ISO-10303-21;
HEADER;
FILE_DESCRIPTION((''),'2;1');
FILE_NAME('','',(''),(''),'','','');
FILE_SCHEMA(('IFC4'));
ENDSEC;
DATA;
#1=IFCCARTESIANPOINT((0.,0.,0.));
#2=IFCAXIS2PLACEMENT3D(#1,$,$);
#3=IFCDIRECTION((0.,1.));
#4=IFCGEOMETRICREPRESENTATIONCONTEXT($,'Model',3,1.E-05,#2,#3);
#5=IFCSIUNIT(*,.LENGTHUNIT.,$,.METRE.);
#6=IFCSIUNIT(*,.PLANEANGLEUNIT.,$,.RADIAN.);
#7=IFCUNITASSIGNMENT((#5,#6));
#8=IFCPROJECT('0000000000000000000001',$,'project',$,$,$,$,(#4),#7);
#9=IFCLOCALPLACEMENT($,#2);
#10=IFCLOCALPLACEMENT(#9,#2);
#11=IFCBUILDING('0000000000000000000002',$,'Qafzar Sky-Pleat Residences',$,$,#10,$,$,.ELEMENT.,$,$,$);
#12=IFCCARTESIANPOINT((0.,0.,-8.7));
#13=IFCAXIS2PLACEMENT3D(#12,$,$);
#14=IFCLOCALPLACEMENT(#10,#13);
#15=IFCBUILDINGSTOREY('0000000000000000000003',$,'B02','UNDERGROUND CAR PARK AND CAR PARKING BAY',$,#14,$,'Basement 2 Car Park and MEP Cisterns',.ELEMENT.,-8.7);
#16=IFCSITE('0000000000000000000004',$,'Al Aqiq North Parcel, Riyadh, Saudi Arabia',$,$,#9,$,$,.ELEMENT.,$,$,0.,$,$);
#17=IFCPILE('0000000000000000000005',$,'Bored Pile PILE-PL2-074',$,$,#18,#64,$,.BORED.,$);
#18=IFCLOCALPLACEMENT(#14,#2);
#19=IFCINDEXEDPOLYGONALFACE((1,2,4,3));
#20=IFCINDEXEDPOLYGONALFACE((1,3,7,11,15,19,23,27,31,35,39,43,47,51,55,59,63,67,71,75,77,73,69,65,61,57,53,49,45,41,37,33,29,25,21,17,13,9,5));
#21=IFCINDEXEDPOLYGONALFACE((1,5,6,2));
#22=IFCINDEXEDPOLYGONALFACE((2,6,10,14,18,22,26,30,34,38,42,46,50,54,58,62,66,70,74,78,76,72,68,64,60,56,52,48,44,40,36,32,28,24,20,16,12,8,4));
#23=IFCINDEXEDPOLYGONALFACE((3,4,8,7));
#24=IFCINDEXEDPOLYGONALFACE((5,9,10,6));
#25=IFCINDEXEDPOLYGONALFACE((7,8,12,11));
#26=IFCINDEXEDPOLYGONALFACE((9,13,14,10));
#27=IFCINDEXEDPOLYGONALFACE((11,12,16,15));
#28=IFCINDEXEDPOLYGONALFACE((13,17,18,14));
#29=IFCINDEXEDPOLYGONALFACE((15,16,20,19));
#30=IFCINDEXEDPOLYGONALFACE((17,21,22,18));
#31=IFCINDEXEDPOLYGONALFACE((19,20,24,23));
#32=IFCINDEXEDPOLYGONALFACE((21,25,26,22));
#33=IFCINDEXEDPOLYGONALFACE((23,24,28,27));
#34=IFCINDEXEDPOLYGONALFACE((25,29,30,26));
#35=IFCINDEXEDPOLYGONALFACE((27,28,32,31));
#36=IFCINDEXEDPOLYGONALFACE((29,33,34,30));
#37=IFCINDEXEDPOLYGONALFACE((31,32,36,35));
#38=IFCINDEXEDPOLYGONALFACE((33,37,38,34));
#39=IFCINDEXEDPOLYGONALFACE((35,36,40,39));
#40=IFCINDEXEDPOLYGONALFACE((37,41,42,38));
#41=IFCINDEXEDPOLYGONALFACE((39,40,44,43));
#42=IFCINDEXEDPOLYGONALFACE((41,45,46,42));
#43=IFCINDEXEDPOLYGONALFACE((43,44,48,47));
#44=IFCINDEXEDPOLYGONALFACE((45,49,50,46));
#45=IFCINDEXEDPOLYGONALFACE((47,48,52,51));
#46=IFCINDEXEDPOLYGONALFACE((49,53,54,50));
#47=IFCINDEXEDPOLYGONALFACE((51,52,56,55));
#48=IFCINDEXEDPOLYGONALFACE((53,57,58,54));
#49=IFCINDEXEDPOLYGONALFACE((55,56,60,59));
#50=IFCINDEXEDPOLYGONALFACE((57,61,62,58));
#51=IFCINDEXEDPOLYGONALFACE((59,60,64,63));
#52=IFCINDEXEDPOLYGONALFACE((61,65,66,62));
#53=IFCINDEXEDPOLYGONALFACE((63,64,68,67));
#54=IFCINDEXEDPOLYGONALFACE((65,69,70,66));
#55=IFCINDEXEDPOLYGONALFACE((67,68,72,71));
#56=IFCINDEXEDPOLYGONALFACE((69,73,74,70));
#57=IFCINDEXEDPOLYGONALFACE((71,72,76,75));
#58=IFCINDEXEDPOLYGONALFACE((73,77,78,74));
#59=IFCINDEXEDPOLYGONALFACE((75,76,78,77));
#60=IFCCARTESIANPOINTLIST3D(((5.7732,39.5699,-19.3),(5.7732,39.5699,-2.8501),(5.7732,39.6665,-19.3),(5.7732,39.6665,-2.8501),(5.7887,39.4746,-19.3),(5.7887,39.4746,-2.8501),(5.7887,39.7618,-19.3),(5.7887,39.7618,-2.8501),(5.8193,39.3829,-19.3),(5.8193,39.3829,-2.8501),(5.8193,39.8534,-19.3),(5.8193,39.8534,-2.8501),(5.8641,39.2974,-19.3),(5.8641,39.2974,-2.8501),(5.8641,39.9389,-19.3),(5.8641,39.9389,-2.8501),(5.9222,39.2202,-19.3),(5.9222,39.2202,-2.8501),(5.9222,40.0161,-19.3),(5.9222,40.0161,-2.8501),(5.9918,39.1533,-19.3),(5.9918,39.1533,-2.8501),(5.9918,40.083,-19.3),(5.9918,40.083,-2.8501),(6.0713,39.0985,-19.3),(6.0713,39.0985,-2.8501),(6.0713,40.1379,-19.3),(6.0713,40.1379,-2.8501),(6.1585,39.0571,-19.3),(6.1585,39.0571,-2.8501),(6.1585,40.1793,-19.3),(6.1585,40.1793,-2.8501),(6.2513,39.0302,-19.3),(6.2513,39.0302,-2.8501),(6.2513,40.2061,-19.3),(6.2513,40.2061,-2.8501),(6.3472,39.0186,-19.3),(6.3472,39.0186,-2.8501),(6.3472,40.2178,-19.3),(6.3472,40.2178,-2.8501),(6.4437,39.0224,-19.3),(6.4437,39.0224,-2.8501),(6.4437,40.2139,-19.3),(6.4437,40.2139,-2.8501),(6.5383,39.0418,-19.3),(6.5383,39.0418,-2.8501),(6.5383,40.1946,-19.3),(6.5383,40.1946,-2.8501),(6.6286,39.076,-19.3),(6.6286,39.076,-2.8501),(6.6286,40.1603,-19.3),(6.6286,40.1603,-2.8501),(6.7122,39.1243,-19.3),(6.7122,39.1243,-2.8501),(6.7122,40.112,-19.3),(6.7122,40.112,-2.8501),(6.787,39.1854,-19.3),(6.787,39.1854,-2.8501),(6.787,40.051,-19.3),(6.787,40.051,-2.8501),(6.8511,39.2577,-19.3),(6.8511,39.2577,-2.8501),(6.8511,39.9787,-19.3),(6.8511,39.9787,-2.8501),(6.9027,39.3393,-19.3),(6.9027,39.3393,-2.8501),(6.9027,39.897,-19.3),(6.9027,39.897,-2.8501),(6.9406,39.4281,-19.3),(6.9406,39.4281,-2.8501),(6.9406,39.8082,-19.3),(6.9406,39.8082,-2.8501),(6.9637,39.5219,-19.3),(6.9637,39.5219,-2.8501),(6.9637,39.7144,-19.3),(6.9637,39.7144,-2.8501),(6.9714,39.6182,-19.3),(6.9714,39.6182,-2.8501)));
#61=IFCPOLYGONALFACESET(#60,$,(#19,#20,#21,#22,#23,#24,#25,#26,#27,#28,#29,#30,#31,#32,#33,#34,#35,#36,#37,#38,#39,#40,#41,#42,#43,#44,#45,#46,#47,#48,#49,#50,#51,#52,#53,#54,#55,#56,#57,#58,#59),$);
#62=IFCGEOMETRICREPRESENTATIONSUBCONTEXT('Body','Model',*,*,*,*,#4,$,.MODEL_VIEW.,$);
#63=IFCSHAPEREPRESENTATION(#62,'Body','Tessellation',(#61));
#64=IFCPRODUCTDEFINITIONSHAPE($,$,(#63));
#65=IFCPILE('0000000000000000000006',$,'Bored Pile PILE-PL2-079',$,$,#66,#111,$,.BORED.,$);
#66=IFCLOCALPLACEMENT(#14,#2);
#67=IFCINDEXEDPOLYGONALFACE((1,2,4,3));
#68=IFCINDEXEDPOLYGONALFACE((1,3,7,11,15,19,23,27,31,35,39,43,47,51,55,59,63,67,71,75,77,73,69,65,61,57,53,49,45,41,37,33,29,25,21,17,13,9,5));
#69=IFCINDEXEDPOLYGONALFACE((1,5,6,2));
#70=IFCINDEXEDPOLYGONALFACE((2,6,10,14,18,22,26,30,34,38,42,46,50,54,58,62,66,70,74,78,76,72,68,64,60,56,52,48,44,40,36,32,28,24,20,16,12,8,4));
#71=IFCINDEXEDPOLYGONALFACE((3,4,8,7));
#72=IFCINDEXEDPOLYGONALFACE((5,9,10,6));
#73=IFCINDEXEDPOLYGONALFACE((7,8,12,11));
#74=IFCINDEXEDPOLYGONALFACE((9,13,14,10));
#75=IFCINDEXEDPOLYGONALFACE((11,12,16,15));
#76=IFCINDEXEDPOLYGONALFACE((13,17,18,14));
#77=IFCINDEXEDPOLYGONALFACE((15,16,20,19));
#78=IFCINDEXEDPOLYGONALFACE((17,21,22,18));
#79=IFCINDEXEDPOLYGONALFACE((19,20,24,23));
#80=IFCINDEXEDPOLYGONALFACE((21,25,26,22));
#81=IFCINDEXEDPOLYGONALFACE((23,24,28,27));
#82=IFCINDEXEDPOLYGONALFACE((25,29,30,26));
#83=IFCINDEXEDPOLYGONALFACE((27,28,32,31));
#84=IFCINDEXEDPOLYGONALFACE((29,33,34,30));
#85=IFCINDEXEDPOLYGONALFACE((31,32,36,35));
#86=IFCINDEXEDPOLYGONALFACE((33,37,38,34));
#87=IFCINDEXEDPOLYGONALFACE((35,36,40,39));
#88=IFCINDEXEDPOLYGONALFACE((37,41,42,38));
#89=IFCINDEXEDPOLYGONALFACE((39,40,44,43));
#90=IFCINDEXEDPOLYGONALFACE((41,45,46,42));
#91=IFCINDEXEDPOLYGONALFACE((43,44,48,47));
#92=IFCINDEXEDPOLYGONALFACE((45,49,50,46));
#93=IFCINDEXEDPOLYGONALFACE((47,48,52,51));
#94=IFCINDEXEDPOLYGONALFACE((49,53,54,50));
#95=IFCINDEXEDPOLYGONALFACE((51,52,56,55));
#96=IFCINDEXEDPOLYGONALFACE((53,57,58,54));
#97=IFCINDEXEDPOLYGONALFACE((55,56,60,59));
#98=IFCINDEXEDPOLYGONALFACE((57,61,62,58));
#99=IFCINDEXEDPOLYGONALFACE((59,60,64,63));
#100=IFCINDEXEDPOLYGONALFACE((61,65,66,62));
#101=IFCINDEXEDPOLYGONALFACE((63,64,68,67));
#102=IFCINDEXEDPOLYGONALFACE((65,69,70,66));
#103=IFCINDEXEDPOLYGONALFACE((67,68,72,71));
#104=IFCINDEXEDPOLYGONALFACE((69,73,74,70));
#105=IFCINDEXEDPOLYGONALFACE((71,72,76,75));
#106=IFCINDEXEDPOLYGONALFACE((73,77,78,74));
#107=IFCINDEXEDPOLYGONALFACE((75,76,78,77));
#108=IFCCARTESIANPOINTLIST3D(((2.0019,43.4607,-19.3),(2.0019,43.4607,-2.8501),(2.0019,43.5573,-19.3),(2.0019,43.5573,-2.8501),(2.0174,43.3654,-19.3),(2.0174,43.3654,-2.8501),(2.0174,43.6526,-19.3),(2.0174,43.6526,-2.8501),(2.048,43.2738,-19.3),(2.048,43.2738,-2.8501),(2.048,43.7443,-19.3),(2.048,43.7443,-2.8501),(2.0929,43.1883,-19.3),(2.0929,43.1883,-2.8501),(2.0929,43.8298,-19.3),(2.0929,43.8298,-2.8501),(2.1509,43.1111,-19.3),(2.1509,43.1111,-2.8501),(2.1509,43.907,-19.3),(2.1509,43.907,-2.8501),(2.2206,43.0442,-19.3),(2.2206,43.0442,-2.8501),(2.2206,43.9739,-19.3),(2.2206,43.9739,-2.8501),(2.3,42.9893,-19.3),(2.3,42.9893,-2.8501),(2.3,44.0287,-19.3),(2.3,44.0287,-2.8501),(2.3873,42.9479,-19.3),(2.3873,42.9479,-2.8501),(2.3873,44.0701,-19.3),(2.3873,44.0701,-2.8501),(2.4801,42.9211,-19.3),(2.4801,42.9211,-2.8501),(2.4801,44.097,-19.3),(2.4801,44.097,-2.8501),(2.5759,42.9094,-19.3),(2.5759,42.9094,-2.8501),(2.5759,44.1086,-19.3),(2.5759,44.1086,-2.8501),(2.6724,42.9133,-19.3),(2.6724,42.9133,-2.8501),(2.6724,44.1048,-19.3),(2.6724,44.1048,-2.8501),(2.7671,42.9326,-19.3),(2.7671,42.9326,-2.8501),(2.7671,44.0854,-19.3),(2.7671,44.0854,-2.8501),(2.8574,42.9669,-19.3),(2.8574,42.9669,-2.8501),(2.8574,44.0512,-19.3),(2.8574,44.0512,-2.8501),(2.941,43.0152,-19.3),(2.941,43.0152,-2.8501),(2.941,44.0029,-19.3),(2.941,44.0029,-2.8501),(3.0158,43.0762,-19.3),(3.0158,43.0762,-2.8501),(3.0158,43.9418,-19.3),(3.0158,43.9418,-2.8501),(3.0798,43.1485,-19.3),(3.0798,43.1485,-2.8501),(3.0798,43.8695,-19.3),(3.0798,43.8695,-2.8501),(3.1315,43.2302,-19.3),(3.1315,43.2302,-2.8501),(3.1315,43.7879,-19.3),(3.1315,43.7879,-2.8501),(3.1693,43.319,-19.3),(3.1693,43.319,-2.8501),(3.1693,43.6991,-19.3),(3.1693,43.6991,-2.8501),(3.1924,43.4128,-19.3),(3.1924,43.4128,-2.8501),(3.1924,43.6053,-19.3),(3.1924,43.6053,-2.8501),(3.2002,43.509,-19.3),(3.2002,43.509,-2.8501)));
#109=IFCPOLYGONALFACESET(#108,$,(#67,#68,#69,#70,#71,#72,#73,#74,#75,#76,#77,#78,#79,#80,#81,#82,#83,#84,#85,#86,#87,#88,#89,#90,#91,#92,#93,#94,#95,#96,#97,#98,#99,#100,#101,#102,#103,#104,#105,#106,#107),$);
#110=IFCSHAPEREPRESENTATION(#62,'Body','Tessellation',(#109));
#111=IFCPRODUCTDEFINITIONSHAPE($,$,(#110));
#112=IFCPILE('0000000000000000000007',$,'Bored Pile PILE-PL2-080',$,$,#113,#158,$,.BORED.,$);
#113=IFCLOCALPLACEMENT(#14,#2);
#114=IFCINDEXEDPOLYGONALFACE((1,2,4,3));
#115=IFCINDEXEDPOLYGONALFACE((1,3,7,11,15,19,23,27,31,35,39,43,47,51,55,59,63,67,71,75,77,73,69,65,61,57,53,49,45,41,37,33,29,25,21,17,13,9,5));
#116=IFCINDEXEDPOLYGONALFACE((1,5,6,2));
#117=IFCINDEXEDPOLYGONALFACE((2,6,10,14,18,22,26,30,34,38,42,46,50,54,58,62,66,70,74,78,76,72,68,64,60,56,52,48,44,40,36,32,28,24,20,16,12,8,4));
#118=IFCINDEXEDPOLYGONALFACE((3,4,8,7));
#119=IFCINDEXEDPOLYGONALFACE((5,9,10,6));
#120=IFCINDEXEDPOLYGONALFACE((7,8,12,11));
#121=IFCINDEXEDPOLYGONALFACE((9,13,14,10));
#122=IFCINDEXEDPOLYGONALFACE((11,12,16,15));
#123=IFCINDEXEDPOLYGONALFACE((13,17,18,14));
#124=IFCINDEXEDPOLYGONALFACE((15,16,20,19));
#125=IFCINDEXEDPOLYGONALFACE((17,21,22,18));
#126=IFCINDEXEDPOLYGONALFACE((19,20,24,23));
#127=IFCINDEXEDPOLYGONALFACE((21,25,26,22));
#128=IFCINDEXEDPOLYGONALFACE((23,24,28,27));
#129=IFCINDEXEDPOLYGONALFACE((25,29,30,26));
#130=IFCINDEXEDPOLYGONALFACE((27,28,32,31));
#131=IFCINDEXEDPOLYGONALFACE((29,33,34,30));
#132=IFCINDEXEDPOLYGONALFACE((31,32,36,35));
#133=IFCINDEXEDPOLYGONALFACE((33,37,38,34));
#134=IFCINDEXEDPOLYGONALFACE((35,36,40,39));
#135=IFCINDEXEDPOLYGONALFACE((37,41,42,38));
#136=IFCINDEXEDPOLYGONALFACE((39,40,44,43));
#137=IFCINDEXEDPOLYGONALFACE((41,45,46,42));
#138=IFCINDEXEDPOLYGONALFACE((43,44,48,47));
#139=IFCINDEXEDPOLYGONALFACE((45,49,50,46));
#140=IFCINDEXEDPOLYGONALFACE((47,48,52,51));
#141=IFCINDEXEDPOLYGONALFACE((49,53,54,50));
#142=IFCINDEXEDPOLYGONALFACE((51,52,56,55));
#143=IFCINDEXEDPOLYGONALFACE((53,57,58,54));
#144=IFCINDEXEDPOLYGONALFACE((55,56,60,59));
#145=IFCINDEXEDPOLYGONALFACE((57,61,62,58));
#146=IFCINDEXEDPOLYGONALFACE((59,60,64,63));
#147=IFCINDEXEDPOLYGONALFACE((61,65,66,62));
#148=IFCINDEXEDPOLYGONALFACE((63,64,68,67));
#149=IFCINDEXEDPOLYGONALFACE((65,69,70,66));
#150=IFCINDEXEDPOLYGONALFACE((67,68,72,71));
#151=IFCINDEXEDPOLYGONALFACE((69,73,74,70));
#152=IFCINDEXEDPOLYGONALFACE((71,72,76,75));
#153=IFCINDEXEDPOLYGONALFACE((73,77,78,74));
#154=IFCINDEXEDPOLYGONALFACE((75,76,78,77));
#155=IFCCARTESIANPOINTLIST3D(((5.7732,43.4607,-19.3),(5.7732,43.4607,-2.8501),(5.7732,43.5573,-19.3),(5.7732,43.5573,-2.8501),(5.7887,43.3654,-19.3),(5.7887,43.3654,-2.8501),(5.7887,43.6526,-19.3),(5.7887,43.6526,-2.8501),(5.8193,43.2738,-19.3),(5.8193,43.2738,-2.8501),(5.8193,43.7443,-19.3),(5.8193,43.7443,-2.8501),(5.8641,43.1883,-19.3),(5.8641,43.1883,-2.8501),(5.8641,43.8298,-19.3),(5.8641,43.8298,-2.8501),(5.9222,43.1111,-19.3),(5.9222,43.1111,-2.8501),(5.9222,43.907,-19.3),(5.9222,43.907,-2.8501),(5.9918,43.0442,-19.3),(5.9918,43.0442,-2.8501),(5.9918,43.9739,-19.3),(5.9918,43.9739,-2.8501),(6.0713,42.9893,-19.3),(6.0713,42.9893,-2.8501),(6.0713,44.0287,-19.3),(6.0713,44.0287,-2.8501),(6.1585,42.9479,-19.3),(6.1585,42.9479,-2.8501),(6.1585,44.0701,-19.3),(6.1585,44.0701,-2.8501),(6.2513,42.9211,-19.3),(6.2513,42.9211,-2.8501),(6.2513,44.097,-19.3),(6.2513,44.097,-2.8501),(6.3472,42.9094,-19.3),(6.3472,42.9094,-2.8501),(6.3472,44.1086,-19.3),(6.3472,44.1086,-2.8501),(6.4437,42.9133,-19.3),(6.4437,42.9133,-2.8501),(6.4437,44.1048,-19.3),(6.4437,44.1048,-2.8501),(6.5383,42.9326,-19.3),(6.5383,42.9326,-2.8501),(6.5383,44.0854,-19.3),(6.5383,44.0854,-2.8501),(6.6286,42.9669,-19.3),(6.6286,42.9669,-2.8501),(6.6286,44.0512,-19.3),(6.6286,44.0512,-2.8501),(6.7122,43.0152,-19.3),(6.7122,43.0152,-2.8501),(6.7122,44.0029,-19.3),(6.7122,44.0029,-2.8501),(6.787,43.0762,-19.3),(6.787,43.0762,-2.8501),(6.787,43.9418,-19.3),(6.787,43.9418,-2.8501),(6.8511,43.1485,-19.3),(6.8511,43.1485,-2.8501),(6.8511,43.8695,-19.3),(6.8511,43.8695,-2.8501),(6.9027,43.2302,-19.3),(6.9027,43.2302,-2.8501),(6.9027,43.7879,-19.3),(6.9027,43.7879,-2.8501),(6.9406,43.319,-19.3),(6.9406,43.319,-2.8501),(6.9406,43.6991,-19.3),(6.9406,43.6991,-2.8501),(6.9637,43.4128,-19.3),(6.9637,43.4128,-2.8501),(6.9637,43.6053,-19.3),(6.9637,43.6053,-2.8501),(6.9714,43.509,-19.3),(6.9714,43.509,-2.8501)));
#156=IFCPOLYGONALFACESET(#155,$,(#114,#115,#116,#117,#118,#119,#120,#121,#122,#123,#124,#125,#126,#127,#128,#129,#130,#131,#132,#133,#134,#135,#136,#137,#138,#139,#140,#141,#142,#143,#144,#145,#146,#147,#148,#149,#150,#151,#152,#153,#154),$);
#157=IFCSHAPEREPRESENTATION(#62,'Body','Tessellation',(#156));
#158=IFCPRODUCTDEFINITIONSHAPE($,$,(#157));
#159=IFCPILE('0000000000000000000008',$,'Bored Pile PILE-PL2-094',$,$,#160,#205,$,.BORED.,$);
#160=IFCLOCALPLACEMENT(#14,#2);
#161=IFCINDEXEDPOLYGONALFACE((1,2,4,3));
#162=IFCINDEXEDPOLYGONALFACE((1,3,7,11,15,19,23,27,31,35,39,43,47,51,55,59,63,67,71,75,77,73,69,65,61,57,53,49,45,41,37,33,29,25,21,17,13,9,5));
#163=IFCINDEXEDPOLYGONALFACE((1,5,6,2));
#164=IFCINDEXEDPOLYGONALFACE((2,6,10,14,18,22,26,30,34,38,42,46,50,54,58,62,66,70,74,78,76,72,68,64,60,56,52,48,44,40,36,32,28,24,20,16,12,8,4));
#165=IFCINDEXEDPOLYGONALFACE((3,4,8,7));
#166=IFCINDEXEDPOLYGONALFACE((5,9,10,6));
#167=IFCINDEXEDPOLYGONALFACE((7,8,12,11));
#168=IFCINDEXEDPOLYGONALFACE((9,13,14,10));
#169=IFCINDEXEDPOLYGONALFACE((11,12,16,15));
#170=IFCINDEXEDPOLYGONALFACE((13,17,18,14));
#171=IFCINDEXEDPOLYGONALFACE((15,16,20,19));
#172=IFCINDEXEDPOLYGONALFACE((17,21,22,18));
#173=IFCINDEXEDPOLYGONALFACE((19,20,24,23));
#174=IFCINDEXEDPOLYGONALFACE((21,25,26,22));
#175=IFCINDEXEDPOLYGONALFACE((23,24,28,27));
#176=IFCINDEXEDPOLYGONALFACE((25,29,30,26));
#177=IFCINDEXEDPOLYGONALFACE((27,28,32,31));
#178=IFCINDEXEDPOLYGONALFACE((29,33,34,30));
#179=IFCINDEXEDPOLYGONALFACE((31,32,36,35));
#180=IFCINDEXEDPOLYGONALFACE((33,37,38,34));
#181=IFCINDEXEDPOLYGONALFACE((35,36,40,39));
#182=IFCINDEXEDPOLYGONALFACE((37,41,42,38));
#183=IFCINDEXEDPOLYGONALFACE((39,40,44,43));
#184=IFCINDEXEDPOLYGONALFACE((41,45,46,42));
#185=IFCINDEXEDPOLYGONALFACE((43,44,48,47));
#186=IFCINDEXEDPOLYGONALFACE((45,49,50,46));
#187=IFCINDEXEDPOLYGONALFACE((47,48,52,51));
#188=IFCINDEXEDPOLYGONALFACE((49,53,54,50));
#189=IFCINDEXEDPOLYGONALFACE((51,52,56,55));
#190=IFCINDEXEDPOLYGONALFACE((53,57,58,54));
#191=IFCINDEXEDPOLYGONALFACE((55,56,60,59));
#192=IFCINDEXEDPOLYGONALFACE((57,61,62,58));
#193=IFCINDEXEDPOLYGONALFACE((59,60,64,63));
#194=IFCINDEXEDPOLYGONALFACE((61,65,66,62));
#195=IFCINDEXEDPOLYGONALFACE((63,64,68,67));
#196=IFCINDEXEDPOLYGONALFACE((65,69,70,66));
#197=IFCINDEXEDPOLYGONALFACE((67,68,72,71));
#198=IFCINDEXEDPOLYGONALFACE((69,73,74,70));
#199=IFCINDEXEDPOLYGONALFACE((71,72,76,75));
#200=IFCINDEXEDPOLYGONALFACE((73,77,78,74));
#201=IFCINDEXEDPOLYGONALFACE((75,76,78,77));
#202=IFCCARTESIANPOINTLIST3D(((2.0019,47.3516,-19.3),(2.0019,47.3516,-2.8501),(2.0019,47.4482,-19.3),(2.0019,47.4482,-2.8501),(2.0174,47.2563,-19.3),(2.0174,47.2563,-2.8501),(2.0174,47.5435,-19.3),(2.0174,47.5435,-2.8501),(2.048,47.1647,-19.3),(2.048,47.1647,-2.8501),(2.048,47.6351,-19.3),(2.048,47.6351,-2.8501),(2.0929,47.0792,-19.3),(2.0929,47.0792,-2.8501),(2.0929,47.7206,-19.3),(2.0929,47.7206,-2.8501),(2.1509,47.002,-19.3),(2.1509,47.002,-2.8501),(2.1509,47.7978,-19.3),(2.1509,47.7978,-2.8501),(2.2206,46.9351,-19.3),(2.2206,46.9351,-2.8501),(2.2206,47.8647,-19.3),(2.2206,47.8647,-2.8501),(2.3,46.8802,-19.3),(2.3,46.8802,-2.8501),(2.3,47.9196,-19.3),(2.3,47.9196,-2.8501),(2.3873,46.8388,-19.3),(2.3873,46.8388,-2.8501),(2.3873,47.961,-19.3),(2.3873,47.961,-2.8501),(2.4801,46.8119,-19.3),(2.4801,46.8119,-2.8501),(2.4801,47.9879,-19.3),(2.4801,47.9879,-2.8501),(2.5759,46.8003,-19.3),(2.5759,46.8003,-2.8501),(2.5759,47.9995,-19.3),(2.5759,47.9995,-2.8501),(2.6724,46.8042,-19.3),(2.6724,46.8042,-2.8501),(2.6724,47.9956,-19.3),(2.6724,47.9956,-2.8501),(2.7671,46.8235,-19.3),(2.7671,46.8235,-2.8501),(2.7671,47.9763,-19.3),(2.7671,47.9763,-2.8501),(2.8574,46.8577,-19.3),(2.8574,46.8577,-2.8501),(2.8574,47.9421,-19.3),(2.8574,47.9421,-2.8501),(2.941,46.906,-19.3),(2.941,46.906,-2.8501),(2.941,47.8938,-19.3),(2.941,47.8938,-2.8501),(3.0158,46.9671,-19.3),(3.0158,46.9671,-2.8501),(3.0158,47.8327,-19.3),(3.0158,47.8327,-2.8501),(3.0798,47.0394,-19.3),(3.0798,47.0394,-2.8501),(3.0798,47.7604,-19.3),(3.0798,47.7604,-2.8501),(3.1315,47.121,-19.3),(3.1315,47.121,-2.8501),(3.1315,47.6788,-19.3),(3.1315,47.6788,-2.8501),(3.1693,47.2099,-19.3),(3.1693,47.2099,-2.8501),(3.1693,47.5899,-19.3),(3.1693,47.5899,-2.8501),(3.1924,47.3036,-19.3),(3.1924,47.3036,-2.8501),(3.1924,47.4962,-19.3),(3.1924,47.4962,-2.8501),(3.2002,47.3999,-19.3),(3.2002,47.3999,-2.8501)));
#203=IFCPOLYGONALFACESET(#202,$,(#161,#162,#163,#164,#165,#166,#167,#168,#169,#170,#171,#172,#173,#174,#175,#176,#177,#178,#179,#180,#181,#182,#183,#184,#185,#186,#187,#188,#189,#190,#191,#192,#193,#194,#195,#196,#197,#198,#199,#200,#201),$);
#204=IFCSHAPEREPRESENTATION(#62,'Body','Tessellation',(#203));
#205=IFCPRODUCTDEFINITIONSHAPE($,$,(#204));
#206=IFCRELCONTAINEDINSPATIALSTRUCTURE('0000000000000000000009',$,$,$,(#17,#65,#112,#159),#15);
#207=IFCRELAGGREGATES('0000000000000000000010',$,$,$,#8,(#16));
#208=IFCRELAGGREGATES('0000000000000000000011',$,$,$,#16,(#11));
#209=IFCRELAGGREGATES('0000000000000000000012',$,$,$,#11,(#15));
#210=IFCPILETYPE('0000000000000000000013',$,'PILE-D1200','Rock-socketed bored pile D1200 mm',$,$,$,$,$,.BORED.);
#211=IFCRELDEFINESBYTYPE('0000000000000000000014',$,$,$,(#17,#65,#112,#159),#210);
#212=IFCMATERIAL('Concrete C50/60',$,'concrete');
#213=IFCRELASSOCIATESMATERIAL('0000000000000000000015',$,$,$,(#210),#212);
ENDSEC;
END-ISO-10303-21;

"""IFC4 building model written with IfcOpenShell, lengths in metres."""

from ifc_helpers import new_model, si_unit, direction, frame, origin, origin_2d, place, context, subcontext, project, spatial, circle, extrude, source, transform, mapped, material, material_profile, profile_set, type_object, element, save


model = new_model("IFC4")

# Units and contexts
model_context = context("Model", 3, precision=1e-05, world=origin(), true_north=direction((0.0, 1.0)))
body_context = subcontext(model_context, "Body", "Model", "MODEL_VIEW")
ifc_project = project(units=[si_unit("LENGTHUNIT", "METRE"), si_unit("PLANEANGLEUNIT", "RADIAN")], contexts=[model_context])

# Site, building, storey
site_placement = place(None, origin())
site = spatial("IfcSite", under=ifc_project, at=site_placement, Name="Al Aqiq North Parcel, Riyadh, Saudi Arabia", CompositionType="ELEMENT", RefElevation=0.0)
building_placement = place(site_placement, origin())
building = spatial("IfcBuilding", under=site, at=building_placement, Name="Qafzar Sky-Pleat Residences", CompositionType="ELEMENT")
storey_placement = place(building_placement, frame((0.0, 0.0, -8.7)))
storey = spatial("IfcBuildingStorey", under=building, at=storey_placement, Name="B02", Description="UNDERGROUND CAR PARK AND CAR PARKING BAY", LongName="Basement 2 Car Park and MEP Cisterns", CompositionType="ELEMENT", Elevation=-8.7)

# Piles
ifc_material_1 = material(Name="Concrete C50/60", Category="concrete")
ifc_material_profile_1 = material_profile(ifc_material_1, circle(Radius=0.6001, at=origin_2d()), Name="PILE D1200")
ifc_profile_set_1 = profile_set([ifc_material_profile_1], Name="Concrete C50/60")
pile_type = type_object("IfcPileType", Name="PILE-D1200", Description="Rock-socketed bored pile D1200 mm", PredefinedType="BORED", material=ifc_profile_set_1)
shared_shape_1 = source(origin(), body_context, "Body", "SweptSolid", [
    extrude(circle(Radius=0.6001, at=origin_2d()), origin(), (0.0, 0.0, 1.0), 16.45),
])
for number, where, z_axis, x_axis, name in (
    (1, (6.3713, 39.6182, -2.8501), (0.0, 0.0, -1.0), (1.0, 0.0, 0.0), "Bored Pile PILE-PL2-074"),
    (2, (2.6001, 43.509, -2.8501), (0.0, 0.0, -1.0), (1.0, 0.0, 0.0), "Bored Pile PILE-PL2-079"),
    (3, (6.3713, 43.509, -2.8501), (0.0, 0.0, -1.0), (1.0, 0.0, 0.0), "Bored Pile PILE-PL2-080"),
    (4, (2.6001, 47.3999, -2.8501), (0.0, 0.0, -1.0), (1.0, 0.0, 0.0), "Bored Pile PILE-PL2-094"),
):
    element("IfcPile", number, at=place(storey_placement, frame(where, z_axis=z_axis, x_axis=x_axis)), inside=storey, type_object=pile_type, Name=name, PredefinedType="BORED", context=body_context, shape_type="MappedRepresentation", body=[
        mapped(shared_shape_1, transform((0.0, 0.0, 0.0), x_axis=(1.0, 0.0, 0.0), y_axis=(0.0, 1.0, 0.0), z_axis=(0.0, 0.0, 1.0), scale=1.0)),
    ])

save(model, "model.ifc")
